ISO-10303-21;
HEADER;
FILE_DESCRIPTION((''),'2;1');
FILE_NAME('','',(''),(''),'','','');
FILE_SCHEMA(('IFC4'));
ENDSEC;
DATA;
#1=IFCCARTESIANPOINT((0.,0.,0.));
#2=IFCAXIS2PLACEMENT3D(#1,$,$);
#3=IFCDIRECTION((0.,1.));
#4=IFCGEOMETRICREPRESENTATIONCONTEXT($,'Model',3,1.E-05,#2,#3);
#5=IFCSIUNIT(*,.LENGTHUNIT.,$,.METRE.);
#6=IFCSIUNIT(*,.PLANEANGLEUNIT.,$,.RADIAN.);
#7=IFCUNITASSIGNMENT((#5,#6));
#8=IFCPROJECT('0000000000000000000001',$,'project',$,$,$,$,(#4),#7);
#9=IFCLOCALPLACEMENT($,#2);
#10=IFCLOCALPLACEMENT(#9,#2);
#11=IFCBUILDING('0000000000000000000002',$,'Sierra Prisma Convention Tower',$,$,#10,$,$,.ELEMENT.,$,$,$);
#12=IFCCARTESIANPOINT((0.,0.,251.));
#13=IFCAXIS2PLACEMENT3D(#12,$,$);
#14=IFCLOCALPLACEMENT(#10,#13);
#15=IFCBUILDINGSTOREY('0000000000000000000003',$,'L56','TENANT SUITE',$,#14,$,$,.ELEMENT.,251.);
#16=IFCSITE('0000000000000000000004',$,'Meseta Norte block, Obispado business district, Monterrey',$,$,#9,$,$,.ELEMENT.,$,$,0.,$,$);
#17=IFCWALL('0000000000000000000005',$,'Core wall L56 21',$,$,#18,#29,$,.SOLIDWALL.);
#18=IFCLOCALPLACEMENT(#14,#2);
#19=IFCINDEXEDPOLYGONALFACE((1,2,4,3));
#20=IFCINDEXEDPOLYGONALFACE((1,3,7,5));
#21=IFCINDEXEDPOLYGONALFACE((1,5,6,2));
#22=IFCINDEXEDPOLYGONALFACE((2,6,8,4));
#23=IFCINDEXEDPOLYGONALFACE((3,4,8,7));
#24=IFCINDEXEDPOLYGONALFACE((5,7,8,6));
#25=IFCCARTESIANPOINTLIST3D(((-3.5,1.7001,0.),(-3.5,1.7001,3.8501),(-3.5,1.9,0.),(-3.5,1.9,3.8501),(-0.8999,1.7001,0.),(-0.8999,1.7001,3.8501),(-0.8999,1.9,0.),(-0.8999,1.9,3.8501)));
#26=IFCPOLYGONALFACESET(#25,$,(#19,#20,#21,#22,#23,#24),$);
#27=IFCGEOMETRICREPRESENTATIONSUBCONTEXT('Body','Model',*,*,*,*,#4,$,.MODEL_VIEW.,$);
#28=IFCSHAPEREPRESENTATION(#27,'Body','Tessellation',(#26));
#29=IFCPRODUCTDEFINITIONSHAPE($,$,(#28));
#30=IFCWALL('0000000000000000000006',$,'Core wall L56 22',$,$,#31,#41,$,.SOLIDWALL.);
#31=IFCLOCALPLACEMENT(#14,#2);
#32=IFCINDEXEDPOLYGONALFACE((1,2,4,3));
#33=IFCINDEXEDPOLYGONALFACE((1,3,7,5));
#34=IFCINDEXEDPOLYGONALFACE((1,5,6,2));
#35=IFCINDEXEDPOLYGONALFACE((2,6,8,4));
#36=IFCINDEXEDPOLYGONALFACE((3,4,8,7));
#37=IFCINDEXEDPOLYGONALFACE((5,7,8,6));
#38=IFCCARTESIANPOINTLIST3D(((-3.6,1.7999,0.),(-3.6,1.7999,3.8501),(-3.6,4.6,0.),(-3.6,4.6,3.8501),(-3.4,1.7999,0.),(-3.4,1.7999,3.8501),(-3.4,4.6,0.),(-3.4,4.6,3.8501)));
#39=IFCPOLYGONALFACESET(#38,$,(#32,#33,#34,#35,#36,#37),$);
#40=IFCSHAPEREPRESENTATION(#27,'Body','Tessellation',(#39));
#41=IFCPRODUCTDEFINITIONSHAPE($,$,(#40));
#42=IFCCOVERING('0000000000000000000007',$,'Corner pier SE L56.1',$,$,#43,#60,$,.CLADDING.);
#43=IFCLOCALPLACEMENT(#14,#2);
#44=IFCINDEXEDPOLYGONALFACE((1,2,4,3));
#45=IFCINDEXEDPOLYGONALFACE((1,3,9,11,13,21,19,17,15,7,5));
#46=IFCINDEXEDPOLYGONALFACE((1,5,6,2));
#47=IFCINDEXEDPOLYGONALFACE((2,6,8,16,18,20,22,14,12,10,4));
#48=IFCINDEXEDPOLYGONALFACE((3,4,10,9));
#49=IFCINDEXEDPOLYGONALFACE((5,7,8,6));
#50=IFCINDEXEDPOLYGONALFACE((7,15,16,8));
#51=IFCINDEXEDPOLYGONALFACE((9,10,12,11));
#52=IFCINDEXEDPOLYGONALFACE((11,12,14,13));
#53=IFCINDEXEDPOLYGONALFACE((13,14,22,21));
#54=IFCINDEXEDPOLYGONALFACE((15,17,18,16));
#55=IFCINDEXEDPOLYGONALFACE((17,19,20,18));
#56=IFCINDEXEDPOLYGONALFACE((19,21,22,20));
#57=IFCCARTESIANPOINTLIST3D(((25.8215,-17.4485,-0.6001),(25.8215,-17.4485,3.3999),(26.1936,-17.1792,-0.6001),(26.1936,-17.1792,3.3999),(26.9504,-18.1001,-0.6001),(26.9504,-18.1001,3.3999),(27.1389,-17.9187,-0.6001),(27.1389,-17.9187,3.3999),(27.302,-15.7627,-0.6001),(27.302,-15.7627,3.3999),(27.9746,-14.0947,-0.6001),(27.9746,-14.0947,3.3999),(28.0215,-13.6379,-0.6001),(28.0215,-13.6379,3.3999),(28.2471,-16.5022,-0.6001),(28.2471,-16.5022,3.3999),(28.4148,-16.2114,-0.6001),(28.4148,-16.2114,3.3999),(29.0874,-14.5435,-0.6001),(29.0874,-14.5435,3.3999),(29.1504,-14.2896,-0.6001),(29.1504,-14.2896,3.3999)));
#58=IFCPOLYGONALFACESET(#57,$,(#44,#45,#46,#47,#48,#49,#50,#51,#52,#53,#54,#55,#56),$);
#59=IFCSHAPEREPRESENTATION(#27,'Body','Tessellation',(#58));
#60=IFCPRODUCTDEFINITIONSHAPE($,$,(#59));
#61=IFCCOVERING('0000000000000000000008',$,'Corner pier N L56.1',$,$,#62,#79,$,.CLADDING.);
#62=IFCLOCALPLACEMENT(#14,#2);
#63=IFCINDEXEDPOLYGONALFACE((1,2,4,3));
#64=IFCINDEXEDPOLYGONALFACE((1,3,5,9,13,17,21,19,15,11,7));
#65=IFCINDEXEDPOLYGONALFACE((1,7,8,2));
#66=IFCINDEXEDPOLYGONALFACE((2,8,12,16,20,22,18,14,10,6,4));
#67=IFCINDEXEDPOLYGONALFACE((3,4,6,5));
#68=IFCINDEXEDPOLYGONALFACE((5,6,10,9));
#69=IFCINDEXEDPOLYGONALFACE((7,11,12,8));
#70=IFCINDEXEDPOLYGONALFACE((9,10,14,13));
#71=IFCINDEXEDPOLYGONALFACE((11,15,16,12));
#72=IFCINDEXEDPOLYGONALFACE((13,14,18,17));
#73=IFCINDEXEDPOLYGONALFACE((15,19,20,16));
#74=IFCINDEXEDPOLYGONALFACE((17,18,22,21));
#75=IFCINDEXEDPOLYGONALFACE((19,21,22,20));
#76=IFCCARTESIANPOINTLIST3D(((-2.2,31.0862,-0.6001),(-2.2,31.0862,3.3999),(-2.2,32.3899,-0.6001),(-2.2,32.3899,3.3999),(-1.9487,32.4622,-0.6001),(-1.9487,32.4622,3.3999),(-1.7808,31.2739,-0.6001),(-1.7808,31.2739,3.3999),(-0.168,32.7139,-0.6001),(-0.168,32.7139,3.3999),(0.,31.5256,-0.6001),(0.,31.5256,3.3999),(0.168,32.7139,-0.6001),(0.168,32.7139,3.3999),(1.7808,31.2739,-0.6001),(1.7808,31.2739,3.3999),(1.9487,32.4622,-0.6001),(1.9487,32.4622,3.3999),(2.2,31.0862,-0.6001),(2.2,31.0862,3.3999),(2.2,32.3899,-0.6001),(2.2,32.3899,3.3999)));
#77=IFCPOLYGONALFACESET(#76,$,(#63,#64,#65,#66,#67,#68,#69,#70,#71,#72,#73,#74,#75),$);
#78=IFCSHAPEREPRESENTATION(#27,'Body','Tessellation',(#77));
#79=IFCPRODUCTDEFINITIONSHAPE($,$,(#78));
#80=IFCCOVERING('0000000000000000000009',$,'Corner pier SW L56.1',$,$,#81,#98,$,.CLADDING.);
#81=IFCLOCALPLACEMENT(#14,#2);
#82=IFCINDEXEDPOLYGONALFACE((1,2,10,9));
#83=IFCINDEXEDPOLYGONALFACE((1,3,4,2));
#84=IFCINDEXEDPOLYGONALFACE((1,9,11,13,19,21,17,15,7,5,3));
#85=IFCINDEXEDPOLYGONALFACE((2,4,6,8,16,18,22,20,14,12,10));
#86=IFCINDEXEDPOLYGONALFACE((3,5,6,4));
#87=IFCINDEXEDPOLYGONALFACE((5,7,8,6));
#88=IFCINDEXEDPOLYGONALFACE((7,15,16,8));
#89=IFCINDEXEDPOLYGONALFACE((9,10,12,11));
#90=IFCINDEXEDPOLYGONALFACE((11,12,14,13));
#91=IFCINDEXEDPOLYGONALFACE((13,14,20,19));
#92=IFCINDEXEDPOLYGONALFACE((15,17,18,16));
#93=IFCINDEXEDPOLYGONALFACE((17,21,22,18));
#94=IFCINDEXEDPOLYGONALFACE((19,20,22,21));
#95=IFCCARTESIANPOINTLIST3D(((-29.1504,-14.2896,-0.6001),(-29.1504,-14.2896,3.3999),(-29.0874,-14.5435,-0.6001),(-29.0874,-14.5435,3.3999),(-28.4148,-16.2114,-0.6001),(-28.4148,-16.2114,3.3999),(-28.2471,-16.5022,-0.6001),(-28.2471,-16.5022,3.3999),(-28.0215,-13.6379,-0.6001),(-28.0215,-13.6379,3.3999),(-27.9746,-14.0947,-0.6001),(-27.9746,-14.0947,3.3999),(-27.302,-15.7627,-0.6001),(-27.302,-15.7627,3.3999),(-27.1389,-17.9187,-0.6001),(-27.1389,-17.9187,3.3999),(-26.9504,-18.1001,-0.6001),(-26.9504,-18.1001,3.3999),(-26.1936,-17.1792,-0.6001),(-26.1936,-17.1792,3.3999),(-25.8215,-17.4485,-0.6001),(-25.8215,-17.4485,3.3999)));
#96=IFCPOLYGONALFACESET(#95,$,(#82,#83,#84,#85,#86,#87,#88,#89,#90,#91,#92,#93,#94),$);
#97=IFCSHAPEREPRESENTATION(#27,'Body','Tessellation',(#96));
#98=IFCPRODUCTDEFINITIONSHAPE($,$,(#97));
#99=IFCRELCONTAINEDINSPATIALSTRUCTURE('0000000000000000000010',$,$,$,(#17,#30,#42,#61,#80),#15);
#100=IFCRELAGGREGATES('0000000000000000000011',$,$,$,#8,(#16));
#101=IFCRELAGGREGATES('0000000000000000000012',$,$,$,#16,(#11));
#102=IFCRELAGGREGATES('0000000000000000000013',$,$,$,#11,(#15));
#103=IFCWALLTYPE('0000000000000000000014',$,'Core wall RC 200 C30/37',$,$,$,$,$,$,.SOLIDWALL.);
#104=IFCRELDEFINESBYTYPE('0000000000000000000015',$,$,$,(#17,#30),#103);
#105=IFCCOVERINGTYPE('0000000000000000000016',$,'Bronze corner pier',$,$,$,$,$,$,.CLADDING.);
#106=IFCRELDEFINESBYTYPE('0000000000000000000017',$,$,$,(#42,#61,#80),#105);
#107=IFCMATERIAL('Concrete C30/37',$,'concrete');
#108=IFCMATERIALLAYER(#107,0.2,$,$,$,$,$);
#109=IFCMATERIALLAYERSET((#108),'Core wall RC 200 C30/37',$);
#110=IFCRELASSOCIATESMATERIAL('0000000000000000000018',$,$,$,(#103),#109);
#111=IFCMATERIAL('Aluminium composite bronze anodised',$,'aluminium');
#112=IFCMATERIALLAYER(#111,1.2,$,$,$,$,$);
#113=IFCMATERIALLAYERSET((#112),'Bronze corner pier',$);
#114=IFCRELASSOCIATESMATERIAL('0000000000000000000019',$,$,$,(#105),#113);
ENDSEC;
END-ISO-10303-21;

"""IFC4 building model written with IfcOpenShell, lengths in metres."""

from ifc_helpers import new_model, si_unit, direction, frame, frame_2d, origin, place, context, subcontext, project, spatial, polyline, rectangle, outline, extrude, material, layer, layer_set, type_object, element, save


model = new_model("IFC4")

# Units and contexts
model_context = context("Model", 3, precision=1e-05, world=origin(), true_north=direction((0.0, 1.0)))
body_context = subcontext(model_context, "Body", "Model", "MODEL_VIEW")
ifc_project = project(units=[si_unit("LENGTHUNIT", "METRE"), si_unit("PLANEANGLEUNIT", "RADIAN")], contexts=[model_context])

# Site, building, storey
site_placement = place(None, origin())
site = spatial("IfcSite", under=ifc_project, at=site_placement, Name="Meseta Norte block, Obispado business district, Monterrey", CompositionType="ELEMENT", RefElevation=0.0)
building_placement = place(site_placement, origin())
building = spatial("IfcBuilding", under=site, at=building_placement, Name="Sierra Prisma Convention Tower", CompositionType="ELEMENT")
storey_placement = place(building_placement, frame((0.0, 0.0, 251.0)))
storey = spatial("IfcBuildingStorey", under=building, at=storey_placement, Name="L56", Description="TENANT SUITE", CompositionType="ELEMENT", Elevation=251.0)

# Shared definitions
ifc_material_1 = material(Name="Concrete C30/37", Category="concrete")
ifc_layer_1 = layer(ifc_material_1, 0.2)
ifc_layer_set_1 = layer_set([ifc_layer_1], Name="Core wall RC 200 C30/37")
wall_type = type_object("IfcWallType", Name="Core wall RC 200 C30/37", PredefinedType="SOLIDWALL", material=ifc_layer_set_1)

# Walls
wall_1_placement = place(storey_placement, frame((-0.8999, 1.8, 0.0), z_axis=(0.0, 0.0, 1.0), x_axis=(-1.0, 0.0, 0.0)))
element("IfcWall", 1, at=wall_1_placement, inside=storey, type_object=wall_type, Name="Core wall L56 21", PredefinedType="SOLIDWALL", context=body_context, shape_type="SweptSolid", body=[
    extrude(rectangle(XDim=2.6001, YDim=0.2, at=frame_2d((1.3, 0.0))), origin(), (0.0, 0.0, 1.0), 3.8501),
])
wall_2_placement = place(storey_placement, frame((-3.5, 1.8, 0.0), z_axis=(0.0, 0.0, 1.0), x_axis=(0.0, 1.0, 0.0)))
element("IfcWall", 2, at=wall_2_placement, inside=storey, type_object=wall_type, Name="Core wall L56 22", PredefinedType="SOLIDWALL", context=body_context, shape_type="SweptSolid", body=[
    extrude(rectangle(XDim=2.8, YDim=0.2, at=frame_2d((1.3999, 0.0))), origin(), (0.0, 0.0, 1.0), 3.8501),
])

# Coverings
ifc_material_2 = material(Name="Aluminium composite bronze anodised", Category="aluminium")
ifc_layer_2 = layer(ifc_material_2, 1.2)
ifc_layer_set_2 = layer_set([ifc_layer_2], Name="Bronze corner pier")
covering_type = type_object("IfcCoveringType", Name="Bronze corner pier", PredefinedType="CLADDING", material=ifc_layer_set_2)
covering_1_placement = place(storey_placement, frame((0.0, 0.0, -0.6001)))
element("IfcCovering", 3, at=covering_1_placement, inside=storey, type_object=covering_type, Name="Corner pier SE L56.1", PredefinedType="CLADDING", context=body_context, shape_type="SweptSolid", body=[
    extrude(outline(polyline([(29.0874, -14.5435), (28.4148, -16.2114), (28.2471, -16.5022), (27.1389, -17.9187), (26.9504, -18.1001), (25.8215, -17.4485), (26.1936, -17.1792), (27.302, -15.7627), (27.9746, -14.0947), (28.0215, -13.6379), (29.1504, -14.2896), (29.0874, -14.5435)])), origin(), (0.0, 0.0, 1.0), 4.0),
])
covering_2_placement = place(storey_placement, frame((0.0, 0.0, -0.6001)))
element("IfcCovering", 4, at=covering_2_placement, inside=storey, type_object=covering_type, Name="Corner pier N L56.1", PredefinedType="CLADDING", context=body_context, shape_type="SweptSolid", body=[
    extrude(outline(polyline([(-1.9487, 32.4622), (-0.168, 32.7139), (0.168, 32.7139), (1.9487, 32.4622), (2.2, 32.3899), (2.2, 31.0862), (1.7808, 31.2739), (0.0, 31.5256), (-1.7808, 31.2739), (-2.2, 31.0862), (-2.2, 32.3899), (-1.9487, 32.4622)])), origin(), (0.0, 0.0, 1.0), 4.0),
])
covering_3_placement = place(storey_placement, frame((0.0, 0.0, -0.6001)))
element("IfcCovering", 5, at=covering_3_placement, inside=storey, type_object=covering_type, Name="Corner pier SW L56.1", PredefinedType="CLADDING", context=body_context, shape_type="SweptSolid", body=[
    extrude(outline(polyline([(-27.1389, -17.9187), (-28.2471, -16.5022), (-28.4148, -16.2114), (-29.0874, -14.5435), (-29.1504, -14.2896), (-28.0215, -13.6379), (-27.9746, -14.0947), (-27.302, -15.7627), (-26.1936, -17.1792), (-25.8215, -17.4485), (-26.9504, -18.1001), (-27.1389, -17.9187)])), origin(), (0.0, 0.0, 1.0), 4.0),
])

save(model, "model.ifc")
